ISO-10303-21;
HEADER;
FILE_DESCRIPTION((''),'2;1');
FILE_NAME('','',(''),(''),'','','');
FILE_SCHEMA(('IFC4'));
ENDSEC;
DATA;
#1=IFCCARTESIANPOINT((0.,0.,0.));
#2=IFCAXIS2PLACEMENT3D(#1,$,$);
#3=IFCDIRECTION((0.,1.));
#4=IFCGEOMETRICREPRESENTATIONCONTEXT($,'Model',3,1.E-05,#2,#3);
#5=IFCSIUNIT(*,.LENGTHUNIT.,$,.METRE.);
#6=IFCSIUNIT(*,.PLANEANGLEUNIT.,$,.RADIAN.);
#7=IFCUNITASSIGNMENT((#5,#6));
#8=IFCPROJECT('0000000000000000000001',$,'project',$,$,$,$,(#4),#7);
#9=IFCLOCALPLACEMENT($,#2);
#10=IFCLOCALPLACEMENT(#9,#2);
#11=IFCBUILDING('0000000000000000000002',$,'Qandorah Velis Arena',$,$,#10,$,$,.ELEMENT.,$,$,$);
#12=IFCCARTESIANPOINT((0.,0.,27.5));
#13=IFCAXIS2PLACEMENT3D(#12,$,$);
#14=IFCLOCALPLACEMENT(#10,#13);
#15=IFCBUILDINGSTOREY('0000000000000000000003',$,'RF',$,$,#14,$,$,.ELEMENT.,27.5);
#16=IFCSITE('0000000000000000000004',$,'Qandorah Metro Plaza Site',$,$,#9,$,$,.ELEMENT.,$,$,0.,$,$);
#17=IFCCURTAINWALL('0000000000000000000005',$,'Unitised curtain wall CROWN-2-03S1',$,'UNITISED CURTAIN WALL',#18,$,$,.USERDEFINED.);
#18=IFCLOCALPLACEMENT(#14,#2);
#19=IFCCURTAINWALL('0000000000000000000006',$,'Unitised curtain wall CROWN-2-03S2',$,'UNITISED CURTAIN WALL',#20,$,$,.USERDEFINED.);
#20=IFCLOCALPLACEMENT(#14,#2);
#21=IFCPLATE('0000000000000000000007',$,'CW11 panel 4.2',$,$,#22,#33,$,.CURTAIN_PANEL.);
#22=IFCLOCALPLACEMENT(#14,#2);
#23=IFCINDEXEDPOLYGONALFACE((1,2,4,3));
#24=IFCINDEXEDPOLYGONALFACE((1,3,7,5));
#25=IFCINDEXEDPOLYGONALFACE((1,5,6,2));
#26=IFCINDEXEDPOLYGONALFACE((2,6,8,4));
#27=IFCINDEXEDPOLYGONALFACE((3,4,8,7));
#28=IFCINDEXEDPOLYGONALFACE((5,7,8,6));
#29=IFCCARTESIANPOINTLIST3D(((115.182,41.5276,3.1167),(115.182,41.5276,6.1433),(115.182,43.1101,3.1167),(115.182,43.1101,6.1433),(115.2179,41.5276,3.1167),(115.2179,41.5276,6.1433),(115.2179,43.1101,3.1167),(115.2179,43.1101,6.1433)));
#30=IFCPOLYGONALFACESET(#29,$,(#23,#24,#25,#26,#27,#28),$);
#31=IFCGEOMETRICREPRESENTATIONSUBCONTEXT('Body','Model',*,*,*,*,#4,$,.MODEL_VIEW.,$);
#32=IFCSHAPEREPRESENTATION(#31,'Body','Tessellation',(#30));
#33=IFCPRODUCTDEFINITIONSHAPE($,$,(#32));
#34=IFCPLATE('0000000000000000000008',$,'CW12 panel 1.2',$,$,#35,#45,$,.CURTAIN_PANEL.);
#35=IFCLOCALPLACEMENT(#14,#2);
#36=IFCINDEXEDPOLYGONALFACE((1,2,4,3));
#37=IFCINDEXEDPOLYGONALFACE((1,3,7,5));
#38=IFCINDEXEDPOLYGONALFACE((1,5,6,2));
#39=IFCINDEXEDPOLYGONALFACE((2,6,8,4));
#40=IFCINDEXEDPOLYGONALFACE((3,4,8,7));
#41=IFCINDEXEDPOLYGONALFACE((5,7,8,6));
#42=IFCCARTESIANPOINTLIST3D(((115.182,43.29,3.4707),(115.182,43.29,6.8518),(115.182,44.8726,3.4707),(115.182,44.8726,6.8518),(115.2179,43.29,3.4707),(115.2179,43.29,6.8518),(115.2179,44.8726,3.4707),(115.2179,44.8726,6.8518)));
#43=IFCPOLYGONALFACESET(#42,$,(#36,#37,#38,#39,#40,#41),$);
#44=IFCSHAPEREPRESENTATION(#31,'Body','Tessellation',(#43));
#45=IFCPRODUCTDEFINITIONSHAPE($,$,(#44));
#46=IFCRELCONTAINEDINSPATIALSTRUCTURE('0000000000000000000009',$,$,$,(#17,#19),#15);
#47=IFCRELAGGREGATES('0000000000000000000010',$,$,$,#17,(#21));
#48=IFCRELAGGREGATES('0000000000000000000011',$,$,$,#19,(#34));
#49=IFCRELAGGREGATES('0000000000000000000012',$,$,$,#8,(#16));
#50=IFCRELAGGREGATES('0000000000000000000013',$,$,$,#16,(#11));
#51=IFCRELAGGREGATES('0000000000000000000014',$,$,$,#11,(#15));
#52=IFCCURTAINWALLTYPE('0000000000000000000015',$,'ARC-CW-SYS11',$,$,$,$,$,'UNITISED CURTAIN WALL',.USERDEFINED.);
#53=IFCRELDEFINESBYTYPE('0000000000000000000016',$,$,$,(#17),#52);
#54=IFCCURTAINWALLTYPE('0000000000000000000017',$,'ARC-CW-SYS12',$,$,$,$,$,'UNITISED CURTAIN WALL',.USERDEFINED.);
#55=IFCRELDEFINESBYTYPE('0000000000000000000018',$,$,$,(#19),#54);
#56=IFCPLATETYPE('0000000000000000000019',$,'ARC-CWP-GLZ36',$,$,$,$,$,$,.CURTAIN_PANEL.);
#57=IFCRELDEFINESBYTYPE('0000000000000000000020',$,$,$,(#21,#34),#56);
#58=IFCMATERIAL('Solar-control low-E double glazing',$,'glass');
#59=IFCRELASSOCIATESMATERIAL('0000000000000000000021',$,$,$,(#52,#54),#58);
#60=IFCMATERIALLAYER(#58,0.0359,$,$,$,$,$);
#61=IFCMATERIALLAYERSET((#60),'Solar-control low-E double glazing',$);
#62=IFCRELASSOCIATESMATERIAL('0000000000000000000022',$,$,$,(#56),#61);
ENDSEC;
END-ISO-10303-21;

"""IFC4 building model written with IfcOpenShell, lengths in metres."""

from ifc_helpers import new_model, si_unit, direction, frame, origin, origin_2d, place, context, subcontext, project, spatial, rectangle, extrude, material, layer, layer_set, type_object, element, aggregate, save


model = new_model("IFC4")

# Units and contexts
model_context = context("Model", 3, precision=1e-05, world=origin(), true_north=direction((0.0, 1.0)))
body_context = subcontext(model_context, "Body", "Model", "MODEL_VIEW")
ifc_project = project(units=[si_unit("LENGTHUNIT", "METRE"), si_unit("PLANEANGLEUNIT", "RADIAN")], contexts=[model_context])

# Site, building, storey
site_placement = place(None, origin())
site = spatial("IfcSite", under=ifc_project, at=site_placement, Name="Qandorah Metro Plaza Site", CompositionType="ELEMENT", RefElevation=0.0)
building_placement = place(site_placement, origin())
building = spatial("IfcBuilding", under=site, at=building_placement, Name="Qandorah Velis Arena", CompositionType="ELEMENT")
storey_placement = place(building_placement, frame((0.0, 0.0, 27.5)))
storey = spatial("IfcBuildingStorey", under=building, at=storey_placement, Name="RF", CompositionType="ELEMENT", Elevation=27.5)

# Curtain walls
ifc_material_1 = material(Name="Solar-control low-E double glazing", Category="glass")
curtain_wall_type_1 = type_object("IfcCurtainWallType", Name="ARC-CW-SYS11", ElementType="UNITISED CURTAIN WALL", PredefinedType="USERDEFINED", material=ifc_material_1)
curtain_wall_1_placement = place(storey_placement, origin())
curtain_wall_1 = element("IfcCurtainWall", 1, at=curtain_wall_1_placement, inside=storey, type_object=curtain_wall_type_1, Name="Unitised curtain wall CROWN-2-03S1", ObjectType="UNITISED CURTAIN WALL", PredefinedType="USERDEFINED")
curtain_wall_type_2 = type_object("IfcCurtainWallType", Name="ARC-CW-SYS12", ElementType="UNITISED CURTAIN WALL", PredefinedType="USERDEFINED", material=ifc_material_1)
curtain_wall_2_placement = place(storey_placement, origin())
curtain_wall_2 = element("IfcCurtainWall", 2, at=curtain_wall_2_placement, inside=storey, type_object=curtain_wall_type_2, Name="Unitised curtain wall CROWN-2-03S2", ObjectType="UNITISED CURTAIN WALL", PredefinedType="USERDEFINED")

# Plates
ifc_layer_1 = layer(ifc_material_1, 0.0359)
ifc_layer_set_1 = layer_set([ifc_layer_1], Name="Solar-control low-E double glazing")
plate_type_1 = type_object("IfcPlateType", Name="ARC-CWP-GLZ36", PredefinedType="CURTAIN_PANEL", material=ifc_layer_set_1)
plate_1_placement = place(storey_placement, frame((115.2, 42.3188, 3.1167), z_axis=(0.0, 0.0, 1.0), x_axis=(0.0, 1.0, 0.0)))
plate_1 = element("IfcPlate", 3, at=plate_1_placement, type_object=plate_type_1, Name="CW11 panel 4.2", PredefinedType="CURTAIN_PANEL", context=body_context, shape_type="SweptSolid", body=[
    extrude(rectangle(XDim=1.5825, YDim=0.0359, at=origin_2d()), origin(), (0.0, 0.0, 1.0), 3.0266),
])
aggregate(curtain_wall_1, [plate_1])
plate_2_placement = place(storey_placement, frame((115.2, 44.0813, 3.4707), z_axis=(0.0, 0.0, 1.0), x_axis=(0.0, 1.0, 0.0)))
plate_2 = element("IfcPlate", 4, at=plate_2_placement, type_object=plate_type_1, Name="CW12 panel 1.2", PredefinedType="CURTAIN_PANEL", context=body_context, shape_type="SweptSolid", body=[
    extrude(rectangle(XDim=1.5825, YDim=0.0359, at=origin_2d()), origin(), (0.0, 0.0, 1.0), 3.3811),
])
aggregate(curtain_wall_2, [plate_2])

save(model, "model.ifc")
